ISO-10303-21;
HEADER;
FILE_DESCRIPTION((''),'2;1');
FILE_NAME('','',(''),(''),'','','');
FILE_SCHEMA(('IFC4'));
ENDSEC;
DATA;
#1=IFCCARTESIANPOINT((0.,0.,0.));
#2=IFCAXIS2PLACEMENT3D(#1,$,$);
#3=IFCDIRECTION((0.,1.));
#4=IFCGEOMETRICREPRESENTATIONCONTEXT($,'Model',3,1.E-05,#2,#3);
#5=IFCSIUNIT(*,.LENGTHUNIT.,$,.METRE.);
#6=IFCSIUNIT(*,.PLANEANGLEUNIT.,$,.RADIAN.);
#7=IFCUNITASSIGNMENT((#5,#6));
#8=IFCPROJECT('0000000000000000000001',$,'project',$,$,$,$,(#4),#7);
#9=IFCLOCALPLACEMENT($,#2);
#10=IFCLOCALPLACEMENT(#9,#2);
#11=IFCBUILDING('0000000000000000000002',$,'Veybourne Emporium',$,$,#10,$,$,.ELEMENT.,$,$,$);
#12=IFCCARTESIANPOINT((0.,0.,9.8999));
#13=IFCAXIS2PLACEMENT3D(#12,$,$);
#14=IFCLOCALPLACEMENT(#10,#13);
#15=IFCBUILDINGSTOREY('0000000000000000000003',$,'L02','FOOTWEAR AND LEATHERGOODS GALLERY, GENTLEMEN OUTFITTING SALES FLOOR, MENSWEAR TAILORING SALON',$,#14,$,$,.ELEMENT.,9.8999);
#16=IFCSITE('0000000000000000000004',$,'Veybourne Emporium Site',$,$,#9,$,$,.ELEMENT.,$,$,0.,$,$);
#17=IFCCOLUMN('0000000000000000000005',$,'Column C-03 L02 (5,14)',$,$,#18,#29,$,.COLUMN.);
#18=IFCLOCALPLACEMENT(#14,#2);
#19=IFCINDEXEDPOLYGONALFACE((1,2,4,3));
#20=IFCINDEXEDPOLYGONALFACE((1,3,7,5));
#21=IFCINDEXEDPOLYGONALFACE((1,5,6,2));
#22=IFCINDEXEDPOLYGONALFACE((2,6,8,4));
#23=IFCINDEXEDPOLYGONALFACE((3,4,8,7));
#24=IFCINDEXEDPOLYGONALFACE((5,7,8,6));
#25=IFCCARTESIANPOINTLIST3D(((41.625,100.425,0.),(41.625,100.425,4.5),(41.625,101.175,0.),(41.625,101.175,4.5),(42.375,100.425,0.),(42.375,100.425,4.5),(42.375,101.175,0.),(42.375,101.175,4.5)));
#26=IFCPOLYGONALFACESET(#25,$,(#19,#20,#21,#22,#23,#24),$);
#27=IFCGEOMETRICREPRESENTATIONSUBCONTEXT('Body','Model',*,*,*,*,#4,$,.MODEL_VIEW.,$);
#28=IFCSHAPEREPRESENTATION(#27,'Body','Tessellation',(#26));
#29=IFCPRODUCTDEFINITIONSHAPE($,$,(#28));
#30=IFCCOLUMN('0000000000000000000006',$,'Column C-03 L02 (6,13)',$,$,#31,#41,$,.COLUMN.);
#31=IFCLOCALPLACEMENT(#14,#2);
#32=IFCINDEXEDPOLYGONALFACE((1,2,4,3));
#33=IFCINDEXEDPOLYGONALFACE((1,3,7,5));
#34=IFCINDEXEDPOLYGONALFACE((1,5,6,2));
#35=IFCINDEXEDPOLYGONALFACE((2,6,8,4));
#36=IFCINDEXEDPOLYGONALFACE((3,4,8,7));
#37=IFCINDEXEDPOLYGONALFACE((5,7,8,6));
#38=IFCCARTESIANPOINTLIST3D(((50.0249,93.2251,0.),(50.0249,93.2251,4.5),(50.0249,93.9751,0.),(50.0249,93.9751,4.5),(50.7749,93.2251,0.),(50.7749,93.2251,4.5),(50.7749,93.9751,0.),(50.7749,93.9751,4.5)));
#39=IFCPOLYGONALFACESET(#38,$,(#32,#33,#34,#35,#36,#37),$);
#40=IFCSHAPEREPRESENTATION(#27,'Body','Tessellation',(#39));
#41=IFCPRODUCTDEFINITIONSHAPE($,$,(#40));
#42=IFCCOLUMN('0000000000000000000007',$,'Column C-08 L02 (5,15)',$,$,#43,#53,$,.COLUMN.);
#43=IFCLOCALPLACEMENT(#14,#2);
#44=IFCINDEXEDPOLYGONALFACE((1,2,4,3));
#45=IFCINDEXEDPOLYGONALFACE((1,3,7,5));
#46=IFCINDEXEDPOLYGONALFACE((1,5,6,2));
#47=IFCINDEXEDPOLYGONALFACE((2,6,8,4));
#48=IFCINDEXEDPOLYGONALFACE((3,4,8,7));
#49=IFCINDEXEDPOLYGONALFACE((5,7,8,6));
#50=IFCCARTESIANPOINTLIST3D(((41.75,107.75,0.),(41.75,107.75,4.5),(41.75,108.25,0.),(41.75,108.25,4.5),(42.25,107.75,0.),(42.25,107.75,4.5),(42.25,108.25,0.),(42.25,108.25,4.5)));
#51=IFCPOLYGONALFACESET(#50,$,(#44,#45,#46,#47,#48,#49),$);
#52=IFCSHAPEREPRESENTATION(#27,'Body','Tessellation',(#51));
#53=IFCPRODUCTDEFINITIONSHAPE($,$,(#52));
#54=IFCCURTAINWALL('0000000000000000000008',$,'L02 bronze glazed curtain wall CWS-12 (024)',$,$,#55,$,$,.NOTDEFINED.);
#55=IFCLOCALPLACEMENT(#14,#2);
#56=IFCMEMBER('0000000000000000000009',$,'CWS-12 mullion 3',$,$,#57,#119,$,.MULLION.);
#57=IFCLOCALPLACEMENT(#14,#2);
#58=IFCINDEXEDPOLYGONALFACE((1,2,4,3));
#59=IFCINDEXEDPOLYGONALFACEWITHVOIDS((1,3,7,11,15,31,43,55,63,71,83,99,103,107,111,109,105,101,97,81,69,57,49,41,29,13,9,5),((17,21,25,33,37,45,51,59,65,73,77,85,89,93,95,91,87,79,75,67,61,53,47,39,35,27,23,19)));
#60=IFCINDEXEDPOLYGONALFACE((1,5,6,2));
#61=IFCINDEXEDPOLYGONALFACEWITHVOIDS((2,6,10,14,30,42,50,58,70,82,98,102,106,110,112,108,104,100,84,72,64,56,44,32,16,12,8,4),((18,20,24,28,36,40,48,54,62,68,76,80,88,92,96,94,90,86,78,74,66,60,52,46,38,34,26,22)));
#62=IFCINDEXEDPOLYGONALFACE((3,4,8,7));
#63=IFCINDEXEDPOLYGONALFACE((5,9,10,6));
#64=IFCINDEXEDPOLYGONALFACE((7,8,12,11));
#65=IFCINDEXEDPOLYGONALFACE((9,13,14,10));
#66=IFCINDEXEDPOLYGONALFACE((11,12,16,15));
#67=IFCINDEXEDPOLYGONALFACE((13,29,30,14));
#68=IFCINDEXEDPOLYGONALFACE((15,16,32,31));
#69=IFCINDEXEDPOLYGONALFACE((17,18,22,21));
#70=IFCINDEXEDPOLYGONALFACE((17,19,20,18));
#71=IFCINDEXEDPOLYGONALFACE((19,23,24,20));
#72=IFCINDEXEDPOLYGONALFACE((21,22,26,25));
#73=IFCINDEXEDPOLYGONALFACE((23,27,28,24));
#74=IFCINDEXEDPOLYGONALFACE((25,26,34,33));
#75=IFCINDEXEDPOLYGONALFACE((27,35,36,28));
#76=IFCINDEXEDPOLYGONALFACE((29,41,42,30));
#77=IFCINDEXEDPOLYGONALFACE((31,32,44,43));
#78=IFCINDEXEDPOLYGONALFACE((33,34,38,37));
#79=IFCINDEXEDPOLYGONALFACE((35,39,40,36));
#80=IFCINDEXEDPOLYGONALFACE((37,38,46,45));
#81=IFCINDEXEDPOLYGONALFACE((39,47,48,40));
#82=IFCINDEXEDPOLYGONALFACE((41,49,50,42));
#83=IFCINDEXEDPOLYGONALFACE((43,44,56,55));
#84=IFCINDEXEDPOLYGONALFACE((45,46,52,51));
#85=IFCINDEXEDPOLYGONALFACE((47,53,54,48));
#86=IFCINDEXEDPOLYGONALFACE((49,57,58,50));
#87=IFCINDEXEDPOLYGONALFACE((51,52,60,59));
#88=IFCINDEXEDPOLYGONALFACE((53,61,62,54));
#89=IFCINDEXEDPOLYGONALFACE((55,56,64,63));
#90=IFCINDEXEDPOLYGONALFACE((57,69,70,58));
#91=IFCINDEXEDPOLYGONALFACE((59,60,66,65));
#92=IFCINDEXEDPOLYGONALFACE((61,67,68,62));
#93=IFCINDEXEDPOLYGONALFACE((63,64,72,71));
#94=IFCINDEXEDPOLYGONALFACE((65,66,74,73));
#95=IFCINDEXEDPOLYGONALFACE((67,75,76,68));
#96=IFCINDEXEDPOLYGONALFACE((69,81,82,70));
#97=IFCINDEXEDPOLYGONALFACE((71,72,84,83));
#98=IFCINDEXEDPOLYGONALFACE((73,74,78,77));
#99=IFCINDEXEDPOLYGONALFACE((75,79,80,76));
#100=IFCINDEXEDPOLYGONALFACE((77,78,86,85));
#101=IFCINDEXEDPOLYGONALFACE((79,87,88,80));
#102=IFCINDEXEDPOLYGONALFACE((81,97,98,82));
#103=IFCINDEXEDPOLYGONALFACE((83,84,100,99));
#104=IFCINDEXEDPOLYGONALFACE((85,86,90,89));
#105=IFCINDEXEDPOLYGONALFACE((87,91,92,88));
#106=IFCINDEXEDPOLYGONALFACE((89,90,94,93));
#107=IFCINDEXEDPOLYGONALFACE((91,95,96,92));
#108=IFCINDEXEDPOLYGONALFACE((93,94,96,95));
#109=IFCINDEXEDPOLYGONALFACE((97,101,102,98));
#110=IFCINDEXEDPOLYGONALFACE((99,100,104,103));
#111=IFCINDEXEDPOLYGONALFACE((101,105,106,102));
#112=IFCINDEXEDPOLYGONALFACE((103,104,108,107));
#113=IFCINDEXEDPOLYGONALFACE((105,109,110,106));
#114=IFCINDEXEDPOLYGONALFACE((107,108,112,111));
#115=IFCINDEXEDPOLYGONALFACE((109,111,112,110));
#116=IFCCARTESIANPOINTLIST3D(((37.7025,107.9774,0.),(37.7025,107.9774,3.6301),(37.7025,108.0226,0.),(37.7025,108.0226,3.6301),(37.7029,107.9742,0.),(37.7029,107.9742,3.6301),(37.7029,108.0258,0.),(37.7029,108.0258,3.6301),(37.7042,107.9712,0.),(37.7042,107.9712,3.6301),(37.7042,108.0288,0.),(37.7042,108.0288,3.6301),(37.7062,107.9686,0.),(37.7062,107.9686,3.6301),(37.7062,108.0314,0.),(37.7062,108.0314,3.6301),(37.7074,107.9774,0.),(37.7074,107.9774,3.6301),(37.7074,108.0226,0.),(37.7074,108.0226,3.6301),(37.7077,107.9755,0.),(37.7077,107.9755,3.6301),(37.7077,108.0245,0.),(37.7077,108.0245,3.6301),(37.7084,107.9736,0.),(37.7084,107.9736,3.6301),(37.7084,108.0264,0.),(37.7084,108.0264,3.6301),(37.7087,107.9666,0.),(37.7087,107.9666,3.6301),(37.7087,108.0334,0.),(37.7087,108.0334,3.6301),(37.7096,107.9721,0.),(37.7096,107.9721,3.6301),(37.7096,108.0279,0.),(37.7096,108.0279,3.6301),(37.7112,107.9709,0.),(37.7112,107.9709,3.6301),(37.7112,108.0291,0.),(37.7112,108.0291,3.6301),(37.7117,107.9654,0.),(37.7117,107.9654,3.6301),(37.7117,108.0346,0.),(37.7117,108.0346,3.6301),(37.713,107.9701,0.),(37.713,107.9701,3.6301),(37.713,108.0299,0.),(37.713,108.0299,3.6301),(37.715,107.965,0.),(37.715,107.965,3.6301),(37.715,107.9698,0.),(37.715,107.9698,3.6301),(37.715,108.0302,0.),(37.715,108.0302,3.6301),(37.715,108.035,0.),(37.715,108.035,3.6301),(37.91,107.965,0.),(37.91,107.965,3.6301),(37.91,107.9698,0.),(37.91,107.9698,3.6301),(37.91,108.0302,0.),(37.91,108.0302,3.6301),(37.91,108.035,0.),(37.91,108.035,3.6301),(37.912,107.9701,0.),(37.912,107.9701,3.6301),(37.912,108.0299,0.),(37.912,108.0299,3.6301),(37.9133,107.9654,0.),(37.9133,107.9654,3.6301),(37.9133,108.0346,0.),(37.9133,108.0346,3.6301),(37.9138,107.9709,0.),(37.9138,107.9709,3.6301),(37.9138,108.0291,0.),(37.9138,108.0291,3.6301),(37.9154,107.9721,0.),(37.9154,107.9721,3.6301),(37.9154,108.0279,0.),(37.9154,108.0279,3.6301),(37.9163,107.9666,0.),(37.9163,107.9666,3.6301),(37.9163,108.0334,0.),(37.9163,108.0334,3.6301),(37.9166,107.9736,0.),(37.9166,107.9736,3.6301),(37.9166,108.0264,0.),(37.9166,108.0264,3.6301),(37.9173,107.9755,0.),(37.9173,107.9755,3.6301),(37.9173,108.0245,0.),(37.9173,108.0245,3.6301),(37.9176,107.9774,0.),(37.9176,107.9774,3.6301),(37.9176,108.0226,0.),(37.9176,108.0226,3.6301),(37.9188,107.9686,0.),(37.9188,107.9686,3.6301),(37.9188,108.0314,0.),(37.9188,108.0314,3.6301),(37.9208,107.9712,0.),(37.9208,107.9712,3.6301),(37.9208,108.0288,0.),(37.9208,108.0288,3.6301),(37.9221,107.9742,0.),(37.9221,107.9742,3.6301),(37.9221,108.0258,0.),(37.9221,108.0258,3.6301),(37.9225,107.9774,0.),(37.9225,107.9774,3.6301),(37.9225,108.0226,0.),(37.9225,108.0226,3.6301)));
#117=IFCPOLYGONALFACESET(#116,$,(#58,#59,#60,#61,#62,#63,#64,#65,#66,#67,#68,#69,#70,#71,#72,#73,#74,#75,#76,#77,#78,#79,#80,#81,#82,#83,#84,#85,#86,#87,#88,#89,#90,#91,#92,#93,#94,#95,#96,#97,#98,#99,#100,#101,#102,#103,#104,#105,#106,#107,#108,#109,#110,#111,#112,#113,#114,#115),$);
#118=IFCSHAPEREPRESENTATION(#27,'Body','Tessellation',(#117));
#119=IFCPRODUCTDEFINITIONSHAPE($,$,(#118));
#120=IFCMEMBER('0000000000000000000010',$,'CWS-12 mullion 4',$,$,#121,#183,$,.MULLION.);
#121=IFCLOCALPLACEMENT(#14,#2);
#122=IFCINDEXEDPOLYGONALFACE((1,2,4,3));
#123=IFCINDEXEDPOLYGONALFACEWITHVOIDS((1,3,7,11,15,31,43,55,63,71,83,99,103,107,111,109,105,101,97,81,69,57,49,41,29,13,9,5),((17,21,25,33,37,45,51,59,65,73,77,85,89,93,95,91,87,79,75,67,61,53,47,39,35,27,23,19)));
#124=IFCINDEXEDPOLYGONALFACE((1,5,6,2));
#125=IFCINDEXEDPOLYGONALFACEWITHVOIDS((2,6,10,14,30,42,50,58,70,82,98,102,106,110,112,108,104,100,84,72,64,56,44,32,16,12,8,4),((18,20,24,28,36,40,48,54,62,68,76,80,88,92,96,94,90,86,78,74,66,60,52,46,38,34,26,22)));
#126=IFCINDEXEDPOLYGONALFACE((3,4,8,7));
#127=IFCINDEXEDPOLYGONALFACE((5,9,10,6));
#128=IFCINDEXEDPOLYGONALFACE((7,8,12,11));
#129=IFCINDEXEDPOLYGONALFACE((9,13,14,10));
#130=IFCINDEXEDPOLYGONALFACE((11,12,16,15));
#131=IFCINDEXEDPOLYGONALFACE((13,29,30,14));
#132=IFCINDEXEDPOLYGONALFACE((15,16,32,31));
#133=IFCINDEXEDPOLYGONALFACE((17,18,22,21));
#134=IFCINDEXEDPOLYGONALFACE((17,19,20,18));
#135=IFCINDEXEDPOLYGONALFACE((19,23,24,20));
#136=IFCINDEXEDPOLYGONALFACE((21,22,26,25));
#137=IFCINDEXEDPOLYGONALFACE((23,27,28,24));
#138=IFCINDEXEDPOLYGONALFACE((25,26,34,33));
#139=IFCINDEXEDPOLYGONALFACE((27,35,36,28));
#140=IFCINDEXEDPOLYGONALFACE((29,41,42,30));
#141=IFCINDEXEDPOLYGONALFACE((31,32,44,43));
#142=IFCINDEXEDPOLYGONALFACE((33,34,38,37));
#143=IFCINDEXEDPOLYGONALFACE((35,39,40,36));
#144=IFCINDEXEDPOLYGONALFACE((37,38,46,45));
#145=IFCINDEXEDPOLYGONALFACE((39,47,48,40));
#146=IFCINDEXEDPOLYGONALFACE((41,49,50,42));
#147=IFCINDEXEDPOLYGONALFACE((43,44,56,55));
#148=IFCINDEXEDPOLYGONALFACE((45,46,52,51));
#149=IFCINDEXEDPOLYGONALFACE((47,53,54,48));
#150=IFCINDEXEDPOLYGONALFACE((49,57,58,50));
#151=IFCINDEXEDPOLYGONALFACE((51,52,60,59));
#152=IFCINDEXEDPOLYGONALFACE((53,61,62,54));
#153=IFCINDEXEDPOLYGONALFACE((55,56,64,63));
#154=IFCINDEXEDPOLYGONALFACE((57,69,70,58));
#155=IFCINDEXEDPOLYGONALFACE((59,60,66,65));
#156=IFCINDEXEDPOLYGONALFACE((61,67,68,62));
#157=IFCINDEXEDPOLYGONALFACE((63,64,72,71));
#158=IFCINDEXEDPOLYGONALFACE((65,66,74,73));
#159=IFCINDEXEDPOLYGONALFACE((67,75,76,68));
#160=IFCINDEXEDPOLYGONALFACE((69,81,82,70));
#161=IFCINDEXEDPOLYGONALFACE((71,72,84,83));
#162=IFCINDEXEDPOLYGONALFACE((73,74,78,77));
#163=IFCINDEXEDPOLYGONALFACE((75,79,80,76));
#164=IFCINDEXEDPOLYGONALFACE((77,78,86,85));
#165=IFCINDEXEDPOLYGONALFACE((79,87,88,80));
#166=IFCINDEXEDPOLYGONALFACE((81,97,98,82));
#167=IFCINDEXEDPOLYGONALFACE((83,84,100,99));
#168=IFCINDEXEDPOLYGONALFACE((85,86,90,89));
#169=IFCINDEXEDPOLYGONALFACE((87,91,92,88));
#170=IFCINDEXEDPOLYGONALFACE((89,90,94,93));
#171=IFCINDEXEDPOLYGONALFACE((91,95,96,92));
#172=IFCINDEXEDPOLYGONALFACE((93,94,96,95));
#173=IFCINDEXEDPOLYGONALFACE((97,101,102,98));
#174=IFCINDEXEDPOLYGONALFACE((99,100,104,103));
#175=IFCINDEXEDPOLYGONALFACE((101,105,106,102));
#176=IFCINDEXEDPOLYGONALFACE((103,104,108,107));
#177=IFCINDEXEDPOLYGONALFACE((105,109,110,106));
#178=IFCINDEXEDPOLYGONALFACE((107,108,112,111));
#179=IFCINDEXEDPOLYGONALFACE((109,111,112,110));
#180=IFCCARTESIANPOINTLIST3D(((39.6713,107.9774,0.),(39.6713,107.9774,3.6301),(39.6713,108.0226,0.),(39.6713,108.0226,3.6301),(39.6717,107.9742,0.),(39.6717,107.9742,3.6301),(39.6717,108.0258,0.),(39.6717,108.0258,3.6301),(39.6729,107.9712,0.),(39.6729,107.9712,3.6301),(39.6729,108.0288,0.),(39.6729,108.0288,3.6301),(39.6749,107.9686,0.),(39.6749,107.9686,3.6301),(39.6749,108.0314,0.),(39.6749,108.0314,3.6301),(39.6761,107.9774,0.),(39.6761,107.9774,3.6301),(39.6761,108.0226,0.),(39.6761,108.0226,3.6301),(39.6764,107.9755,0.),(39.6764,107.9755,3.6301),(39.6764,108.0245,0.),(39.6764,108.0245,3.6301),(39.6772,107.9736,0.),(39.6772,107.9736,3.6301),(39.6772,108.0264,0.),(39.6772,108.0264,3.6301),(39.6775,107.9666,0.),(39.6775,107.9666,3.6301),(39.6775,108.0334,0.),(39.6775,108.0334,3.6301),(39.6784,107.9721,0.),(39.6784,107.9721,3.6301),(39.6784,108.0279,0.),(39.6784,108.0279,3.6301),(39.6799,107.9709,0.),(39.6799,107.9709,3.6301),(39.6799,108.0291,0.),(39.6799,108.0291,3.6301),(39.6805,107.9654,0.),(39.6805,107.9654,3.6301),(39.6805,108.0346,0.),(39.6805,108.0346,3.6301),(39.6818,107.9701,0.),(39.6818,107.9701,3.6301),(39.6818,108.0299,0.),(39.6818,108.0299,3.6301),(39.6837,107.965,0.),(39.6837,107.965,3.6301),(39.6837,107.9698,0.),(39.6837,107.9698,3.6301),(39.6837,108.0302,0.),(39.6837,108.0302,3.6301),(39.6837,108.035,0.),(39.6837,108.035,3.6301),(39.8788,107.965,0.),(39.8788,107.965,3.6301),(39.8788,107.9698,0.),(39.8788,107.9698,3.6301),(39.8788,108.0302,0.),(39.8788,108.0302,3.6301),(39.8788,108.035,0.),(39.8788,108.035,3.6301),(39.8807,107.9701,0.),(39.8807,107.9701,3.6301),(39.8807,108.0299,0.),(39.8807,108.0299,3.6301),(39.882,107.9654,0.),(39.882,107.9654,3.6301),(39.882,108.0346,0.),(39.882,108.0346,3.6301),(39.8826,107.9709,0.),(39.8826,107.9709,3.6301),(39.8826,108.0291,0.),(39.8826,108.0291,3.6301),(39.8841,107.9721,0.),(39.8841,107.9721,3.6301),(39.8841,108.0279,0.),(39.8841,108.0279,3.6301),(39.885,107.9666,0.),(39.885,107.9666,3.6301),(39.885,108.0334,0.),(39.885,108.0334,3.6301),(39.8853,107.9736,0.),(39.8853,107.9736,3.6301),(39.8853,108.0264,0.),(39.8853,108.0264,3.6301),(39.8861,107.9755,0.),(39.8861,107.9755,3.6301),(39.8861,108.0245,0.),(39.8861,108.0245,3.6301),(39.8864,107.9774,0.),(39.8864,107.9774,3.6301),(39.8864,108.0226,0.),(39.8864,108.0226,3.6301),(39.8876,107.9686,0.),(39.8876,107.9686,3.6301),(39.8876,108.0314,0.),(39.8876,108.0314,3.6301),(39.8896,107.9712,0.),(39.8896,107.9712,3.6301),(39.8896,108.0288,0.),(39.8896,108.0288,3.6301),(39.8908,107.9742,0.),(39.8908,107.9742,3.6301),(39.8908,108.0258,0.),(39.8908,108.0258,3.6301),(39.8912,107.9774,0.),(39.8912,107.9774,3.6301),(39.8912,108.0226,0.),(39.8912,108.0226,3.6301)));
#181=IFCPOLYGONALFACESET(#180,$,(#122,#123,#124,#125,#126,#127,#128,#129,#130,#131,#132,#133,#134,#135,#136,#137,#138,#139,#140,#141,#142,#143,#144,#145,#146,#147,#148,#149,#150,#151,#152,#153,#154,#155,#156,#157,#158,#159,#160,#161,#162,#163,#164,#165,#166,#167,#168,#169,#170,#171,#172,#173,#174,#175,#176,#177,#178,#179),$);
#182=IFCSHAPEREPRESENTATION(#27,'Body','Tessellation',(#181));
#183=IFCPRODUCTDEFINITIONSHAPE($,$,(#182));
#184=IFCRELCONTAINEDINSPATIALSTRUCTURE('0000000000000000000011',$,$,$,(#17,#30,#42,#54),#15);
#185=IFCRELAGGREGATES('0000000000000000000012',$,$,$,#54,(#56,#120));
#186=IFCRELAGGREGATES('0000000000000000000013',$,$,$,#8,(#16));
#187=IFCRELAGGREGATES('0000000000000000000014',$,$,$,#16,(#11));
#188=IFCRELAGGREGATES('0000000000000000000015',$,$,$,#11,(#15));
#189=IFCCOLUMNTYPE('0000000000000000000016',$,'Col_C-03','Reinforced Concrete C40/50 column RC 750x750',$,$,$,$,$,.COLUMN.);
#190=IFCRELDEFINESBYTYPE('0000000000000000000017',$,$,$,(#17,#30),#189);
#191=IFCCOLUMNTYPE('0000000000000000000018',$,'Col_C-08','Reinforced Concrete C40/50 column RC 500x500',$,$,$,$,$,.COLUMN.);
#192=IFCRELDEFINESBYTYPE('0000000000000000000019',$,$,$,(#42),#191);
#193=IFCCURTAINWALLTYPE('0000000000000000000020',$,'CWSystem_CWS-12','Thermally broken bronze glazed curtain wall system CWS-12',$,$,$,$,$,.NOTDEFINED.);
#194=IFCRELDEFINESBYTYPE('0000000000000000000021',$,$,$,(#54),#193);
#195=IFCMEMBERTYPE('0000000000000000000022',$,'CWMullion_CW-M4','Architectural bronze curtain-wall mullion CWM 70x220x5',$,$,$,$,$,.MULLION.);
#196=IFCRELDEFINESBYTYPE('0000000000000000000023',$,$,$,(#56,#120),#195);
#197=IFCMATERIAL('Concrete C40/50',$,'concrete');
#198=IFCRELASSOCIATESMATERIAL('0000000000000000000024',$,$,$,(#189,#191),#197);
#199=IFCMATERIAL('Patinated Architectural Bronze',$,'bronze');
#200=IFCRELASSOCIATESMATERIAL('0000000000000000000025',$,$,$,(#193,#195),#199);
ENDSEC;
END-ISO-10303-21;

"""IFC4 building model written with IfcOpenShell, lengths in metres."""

from ifc_helpers import new_model, si_unit, direction, frame, origin, origin_2d, place, context, subcontext, project, spatial, rectangle, hollow_rectangle, extrude, material, material_profile, profile_set, type_object, element, aggregate, save


model = new_model("IFC4")

# Units and contexts
model_context = context("Model", 3, precision=1e-05, world=origin(), true_north=direction((0.0, 1.0)))
body_context = subcontext(model_context, "Body", "Model", "MODEL_VIEW")
ifc_project = project(units=[si_unit("LENGTHUNIT", "METRE"), si_unit("PLANEANGLEUNIT", "RADIAN")], contexts=[model_context])

# Site, building, storey
site_placement = place(None, origin())
site = spatial("IfcSite", under=ifc_project, at=site_placement, Name="Veybourne Emporium Site", CompositionType="ELEMENT", RefElevation=0.0)
building_placement = place(site_placement, origin())
building = spatial("IfcBuilding", under=site, at=building_placement, Name="Veybourne Emporium", CompositionType="ELEMENT")
storey_placement = place(building_placement, frame((0.0, 0.0, 9.8999)))
storey = spatial("IfcBuildingStorey", under=building, at=storey_placement, Name="L02", Description="FOOTWEAR AND LEATHERGOODS GALLERY, GENTLEMEN OUTFITTING SALES FLOOR, MENSWEAR TAILORING SALON", CompositionType="ELEMENT", Elevation=9.8999)

# Columns
ifc_material_1 = material(Name="Concrete C40/50", Category="concrete")
ifc_material_profile_1 = material_profile(ifc_material_1, rectangle(XDim=0.75, YDim=0.75, at=origin_2d()), Name="RC 750x750")
ifc_profile_set_1 = profile_set([ifc_material_profile_1], Name="Concrete C40/50")
column_type_1 = type_object("IfcColumnType", Name="Col_C-03", Description="Reinforced Concrete C40/50 column RC 750x750", PredefinedType="COLUMN", material=ifc_profile_set_1)
for number, where, z_axis, x_axis, name in (
    (1, (42.0, 100.8, 0.0), (0.0, 0.0, 1.0), (1.0, 0.0, 0.0), "Column C-03 L02 (5,14)"),
    (2, (50.3999, 93.6001, 0.0), (0.0, 0.0, 1.0), (1.0, 0.0, 0.0), "Column C-03 L02 (6,13)"),
):
    element("IfcColumn", number, at=place(storey_placement, frame(where, z_axis=z_axis, x_axis=x_axis)), inside=storey, type_object=column_type_1, Name=name, PredefinedType="COLUMN", context=body_context, shape_type="SweptSolid", body=[
        extrude(rectangle(XDim=0.75, YDim=0.75, at=origin_2d()), origin(), (0.0, 0.0, 1.0), 4.5),
    ])
ifc_material_profile_2 = material_profile(ifc_material_1, rectangle(XDim=0.5, YDim=0.5, at=origin_2d()), Name="RC 500x500")
ifc_profile_set_2 = profile_set([ifc_material_profile_2], Name="Concrete C40/50")
column_type_2 = type_object("IfcColumnType", Name="Col_C-08", Description="Reinforced Concrete C40/50 column RC 500x500", PredefinedType="COLUMN", material=ifc_profile_set_2)
column_placement = place(storey_placement, frame((42.0, 108.0, 0.0), z_axis=(0.0, 0.0, 1.0), x_axis=(1.0, 0.0, 0.0)))
element("IfcColumn", 3, at=column_placement, inside=storey, type_object=column_type_2, Name="Column C-08 L02 (5,15)", PredefinedType="COLUMN", context=body_context, shape_type="SweptSolid", body=[
    extrude(rectangle(XDim=0.5, YDim=0.5, at=origin_2d()), origin(), (0.0, 0.0, 1.0), 4.5),
])

# Curtain wall, members
ifc_material_2 = material(Name="Patinated Architectural Bronze", Category="bronze")
curtain_wall_type = type_object("IfcCurtainWallType", Name="CWSystem_CWS-12", Description="Thermally broken bronze glazed curtain wall system CWS-12", PredefinedType="NOTDEFINED", material=ifc_material_2)
curtain_wall_placement = place(storey_placement, origin())
curtain_wall = element("IfcCurtainWall", 4, at=curtain_wall_placement, inside=storey, type_object=curtain_wall_type, Name="L02 bronze glazed curtain wall CWS-12 (024)", PredefinedType="NOTDEFINED")
ifc_material_profile_3 = material_profile(ifc_material_2, hollow_rectangle(XDim=0.0701, YDim=0.22, WallThickness=0.0049, InnerFilletRadius=0.0076, OuterFilletRadius=0.0125, at=origin_2d()), Name="CWM 70x220x5")
ifc_profile_set_3 = profile_set([ifc_material_profile_3], Name="Patinated Architectural Bronze")
member_type_1 = type_object("IfcMemberType", Name="CWMullion_CW-M4", Description="Architectural bronze curtain-wall mullion CWM 70x220x5", PredefinedType="MULLION", material=ifc_profile_set_3)
member_1_placement = place(storey_placement, frame((37.8125, 108.0, 0.0), z_axis=(0.0, 0.0, 1.0), x_axis=(0.0, 1.0, 0.0)))
member_1 = element("IfcMember", 5, at=member_1_placement, type_object=member_type_1, Name="CWS-12 mullion 3", PredefinedType="MULLION", context=body_context, shape_type="SweptSolid", body=[
    extrude(hollow_rectangle(XDim=0.0701, YDim=0.22, WallThickness=0.0049, InnerFilletRadius=0.0076, OuterFilletRadius=0.0125, at=origin_2d()), origin(), (0.0, 0.0, 1.0), 3.6301),
])
member_2_placement = place(storey_placement, frame((39.7812, 108.0, 0.0), z_axis=(0.0, 0.0, 1.0), x_axis=(0.0, 1.0, 0.0)))
member_2 = element("IfcMember", 6, at=member_2_placement, type_object=member_type_1, Name="CWS-12 mullion 4", PredefinedType="MULLION", context=body_context, shape_type="SweptSolid", body=[
    extrude(hollow_rectangle(XDim=0.0701, YDim=0.22, WallThickness=0.0049, InnerFilletRadius=0.0076, OuterFilletRadius=0.0125, at=origin_2d()), origin(), (0.0, 0.0, 1.0), 3.6301),
])

aggregate(curtain_wall, [member_1, member_2])

save(model, "model.ifc")
